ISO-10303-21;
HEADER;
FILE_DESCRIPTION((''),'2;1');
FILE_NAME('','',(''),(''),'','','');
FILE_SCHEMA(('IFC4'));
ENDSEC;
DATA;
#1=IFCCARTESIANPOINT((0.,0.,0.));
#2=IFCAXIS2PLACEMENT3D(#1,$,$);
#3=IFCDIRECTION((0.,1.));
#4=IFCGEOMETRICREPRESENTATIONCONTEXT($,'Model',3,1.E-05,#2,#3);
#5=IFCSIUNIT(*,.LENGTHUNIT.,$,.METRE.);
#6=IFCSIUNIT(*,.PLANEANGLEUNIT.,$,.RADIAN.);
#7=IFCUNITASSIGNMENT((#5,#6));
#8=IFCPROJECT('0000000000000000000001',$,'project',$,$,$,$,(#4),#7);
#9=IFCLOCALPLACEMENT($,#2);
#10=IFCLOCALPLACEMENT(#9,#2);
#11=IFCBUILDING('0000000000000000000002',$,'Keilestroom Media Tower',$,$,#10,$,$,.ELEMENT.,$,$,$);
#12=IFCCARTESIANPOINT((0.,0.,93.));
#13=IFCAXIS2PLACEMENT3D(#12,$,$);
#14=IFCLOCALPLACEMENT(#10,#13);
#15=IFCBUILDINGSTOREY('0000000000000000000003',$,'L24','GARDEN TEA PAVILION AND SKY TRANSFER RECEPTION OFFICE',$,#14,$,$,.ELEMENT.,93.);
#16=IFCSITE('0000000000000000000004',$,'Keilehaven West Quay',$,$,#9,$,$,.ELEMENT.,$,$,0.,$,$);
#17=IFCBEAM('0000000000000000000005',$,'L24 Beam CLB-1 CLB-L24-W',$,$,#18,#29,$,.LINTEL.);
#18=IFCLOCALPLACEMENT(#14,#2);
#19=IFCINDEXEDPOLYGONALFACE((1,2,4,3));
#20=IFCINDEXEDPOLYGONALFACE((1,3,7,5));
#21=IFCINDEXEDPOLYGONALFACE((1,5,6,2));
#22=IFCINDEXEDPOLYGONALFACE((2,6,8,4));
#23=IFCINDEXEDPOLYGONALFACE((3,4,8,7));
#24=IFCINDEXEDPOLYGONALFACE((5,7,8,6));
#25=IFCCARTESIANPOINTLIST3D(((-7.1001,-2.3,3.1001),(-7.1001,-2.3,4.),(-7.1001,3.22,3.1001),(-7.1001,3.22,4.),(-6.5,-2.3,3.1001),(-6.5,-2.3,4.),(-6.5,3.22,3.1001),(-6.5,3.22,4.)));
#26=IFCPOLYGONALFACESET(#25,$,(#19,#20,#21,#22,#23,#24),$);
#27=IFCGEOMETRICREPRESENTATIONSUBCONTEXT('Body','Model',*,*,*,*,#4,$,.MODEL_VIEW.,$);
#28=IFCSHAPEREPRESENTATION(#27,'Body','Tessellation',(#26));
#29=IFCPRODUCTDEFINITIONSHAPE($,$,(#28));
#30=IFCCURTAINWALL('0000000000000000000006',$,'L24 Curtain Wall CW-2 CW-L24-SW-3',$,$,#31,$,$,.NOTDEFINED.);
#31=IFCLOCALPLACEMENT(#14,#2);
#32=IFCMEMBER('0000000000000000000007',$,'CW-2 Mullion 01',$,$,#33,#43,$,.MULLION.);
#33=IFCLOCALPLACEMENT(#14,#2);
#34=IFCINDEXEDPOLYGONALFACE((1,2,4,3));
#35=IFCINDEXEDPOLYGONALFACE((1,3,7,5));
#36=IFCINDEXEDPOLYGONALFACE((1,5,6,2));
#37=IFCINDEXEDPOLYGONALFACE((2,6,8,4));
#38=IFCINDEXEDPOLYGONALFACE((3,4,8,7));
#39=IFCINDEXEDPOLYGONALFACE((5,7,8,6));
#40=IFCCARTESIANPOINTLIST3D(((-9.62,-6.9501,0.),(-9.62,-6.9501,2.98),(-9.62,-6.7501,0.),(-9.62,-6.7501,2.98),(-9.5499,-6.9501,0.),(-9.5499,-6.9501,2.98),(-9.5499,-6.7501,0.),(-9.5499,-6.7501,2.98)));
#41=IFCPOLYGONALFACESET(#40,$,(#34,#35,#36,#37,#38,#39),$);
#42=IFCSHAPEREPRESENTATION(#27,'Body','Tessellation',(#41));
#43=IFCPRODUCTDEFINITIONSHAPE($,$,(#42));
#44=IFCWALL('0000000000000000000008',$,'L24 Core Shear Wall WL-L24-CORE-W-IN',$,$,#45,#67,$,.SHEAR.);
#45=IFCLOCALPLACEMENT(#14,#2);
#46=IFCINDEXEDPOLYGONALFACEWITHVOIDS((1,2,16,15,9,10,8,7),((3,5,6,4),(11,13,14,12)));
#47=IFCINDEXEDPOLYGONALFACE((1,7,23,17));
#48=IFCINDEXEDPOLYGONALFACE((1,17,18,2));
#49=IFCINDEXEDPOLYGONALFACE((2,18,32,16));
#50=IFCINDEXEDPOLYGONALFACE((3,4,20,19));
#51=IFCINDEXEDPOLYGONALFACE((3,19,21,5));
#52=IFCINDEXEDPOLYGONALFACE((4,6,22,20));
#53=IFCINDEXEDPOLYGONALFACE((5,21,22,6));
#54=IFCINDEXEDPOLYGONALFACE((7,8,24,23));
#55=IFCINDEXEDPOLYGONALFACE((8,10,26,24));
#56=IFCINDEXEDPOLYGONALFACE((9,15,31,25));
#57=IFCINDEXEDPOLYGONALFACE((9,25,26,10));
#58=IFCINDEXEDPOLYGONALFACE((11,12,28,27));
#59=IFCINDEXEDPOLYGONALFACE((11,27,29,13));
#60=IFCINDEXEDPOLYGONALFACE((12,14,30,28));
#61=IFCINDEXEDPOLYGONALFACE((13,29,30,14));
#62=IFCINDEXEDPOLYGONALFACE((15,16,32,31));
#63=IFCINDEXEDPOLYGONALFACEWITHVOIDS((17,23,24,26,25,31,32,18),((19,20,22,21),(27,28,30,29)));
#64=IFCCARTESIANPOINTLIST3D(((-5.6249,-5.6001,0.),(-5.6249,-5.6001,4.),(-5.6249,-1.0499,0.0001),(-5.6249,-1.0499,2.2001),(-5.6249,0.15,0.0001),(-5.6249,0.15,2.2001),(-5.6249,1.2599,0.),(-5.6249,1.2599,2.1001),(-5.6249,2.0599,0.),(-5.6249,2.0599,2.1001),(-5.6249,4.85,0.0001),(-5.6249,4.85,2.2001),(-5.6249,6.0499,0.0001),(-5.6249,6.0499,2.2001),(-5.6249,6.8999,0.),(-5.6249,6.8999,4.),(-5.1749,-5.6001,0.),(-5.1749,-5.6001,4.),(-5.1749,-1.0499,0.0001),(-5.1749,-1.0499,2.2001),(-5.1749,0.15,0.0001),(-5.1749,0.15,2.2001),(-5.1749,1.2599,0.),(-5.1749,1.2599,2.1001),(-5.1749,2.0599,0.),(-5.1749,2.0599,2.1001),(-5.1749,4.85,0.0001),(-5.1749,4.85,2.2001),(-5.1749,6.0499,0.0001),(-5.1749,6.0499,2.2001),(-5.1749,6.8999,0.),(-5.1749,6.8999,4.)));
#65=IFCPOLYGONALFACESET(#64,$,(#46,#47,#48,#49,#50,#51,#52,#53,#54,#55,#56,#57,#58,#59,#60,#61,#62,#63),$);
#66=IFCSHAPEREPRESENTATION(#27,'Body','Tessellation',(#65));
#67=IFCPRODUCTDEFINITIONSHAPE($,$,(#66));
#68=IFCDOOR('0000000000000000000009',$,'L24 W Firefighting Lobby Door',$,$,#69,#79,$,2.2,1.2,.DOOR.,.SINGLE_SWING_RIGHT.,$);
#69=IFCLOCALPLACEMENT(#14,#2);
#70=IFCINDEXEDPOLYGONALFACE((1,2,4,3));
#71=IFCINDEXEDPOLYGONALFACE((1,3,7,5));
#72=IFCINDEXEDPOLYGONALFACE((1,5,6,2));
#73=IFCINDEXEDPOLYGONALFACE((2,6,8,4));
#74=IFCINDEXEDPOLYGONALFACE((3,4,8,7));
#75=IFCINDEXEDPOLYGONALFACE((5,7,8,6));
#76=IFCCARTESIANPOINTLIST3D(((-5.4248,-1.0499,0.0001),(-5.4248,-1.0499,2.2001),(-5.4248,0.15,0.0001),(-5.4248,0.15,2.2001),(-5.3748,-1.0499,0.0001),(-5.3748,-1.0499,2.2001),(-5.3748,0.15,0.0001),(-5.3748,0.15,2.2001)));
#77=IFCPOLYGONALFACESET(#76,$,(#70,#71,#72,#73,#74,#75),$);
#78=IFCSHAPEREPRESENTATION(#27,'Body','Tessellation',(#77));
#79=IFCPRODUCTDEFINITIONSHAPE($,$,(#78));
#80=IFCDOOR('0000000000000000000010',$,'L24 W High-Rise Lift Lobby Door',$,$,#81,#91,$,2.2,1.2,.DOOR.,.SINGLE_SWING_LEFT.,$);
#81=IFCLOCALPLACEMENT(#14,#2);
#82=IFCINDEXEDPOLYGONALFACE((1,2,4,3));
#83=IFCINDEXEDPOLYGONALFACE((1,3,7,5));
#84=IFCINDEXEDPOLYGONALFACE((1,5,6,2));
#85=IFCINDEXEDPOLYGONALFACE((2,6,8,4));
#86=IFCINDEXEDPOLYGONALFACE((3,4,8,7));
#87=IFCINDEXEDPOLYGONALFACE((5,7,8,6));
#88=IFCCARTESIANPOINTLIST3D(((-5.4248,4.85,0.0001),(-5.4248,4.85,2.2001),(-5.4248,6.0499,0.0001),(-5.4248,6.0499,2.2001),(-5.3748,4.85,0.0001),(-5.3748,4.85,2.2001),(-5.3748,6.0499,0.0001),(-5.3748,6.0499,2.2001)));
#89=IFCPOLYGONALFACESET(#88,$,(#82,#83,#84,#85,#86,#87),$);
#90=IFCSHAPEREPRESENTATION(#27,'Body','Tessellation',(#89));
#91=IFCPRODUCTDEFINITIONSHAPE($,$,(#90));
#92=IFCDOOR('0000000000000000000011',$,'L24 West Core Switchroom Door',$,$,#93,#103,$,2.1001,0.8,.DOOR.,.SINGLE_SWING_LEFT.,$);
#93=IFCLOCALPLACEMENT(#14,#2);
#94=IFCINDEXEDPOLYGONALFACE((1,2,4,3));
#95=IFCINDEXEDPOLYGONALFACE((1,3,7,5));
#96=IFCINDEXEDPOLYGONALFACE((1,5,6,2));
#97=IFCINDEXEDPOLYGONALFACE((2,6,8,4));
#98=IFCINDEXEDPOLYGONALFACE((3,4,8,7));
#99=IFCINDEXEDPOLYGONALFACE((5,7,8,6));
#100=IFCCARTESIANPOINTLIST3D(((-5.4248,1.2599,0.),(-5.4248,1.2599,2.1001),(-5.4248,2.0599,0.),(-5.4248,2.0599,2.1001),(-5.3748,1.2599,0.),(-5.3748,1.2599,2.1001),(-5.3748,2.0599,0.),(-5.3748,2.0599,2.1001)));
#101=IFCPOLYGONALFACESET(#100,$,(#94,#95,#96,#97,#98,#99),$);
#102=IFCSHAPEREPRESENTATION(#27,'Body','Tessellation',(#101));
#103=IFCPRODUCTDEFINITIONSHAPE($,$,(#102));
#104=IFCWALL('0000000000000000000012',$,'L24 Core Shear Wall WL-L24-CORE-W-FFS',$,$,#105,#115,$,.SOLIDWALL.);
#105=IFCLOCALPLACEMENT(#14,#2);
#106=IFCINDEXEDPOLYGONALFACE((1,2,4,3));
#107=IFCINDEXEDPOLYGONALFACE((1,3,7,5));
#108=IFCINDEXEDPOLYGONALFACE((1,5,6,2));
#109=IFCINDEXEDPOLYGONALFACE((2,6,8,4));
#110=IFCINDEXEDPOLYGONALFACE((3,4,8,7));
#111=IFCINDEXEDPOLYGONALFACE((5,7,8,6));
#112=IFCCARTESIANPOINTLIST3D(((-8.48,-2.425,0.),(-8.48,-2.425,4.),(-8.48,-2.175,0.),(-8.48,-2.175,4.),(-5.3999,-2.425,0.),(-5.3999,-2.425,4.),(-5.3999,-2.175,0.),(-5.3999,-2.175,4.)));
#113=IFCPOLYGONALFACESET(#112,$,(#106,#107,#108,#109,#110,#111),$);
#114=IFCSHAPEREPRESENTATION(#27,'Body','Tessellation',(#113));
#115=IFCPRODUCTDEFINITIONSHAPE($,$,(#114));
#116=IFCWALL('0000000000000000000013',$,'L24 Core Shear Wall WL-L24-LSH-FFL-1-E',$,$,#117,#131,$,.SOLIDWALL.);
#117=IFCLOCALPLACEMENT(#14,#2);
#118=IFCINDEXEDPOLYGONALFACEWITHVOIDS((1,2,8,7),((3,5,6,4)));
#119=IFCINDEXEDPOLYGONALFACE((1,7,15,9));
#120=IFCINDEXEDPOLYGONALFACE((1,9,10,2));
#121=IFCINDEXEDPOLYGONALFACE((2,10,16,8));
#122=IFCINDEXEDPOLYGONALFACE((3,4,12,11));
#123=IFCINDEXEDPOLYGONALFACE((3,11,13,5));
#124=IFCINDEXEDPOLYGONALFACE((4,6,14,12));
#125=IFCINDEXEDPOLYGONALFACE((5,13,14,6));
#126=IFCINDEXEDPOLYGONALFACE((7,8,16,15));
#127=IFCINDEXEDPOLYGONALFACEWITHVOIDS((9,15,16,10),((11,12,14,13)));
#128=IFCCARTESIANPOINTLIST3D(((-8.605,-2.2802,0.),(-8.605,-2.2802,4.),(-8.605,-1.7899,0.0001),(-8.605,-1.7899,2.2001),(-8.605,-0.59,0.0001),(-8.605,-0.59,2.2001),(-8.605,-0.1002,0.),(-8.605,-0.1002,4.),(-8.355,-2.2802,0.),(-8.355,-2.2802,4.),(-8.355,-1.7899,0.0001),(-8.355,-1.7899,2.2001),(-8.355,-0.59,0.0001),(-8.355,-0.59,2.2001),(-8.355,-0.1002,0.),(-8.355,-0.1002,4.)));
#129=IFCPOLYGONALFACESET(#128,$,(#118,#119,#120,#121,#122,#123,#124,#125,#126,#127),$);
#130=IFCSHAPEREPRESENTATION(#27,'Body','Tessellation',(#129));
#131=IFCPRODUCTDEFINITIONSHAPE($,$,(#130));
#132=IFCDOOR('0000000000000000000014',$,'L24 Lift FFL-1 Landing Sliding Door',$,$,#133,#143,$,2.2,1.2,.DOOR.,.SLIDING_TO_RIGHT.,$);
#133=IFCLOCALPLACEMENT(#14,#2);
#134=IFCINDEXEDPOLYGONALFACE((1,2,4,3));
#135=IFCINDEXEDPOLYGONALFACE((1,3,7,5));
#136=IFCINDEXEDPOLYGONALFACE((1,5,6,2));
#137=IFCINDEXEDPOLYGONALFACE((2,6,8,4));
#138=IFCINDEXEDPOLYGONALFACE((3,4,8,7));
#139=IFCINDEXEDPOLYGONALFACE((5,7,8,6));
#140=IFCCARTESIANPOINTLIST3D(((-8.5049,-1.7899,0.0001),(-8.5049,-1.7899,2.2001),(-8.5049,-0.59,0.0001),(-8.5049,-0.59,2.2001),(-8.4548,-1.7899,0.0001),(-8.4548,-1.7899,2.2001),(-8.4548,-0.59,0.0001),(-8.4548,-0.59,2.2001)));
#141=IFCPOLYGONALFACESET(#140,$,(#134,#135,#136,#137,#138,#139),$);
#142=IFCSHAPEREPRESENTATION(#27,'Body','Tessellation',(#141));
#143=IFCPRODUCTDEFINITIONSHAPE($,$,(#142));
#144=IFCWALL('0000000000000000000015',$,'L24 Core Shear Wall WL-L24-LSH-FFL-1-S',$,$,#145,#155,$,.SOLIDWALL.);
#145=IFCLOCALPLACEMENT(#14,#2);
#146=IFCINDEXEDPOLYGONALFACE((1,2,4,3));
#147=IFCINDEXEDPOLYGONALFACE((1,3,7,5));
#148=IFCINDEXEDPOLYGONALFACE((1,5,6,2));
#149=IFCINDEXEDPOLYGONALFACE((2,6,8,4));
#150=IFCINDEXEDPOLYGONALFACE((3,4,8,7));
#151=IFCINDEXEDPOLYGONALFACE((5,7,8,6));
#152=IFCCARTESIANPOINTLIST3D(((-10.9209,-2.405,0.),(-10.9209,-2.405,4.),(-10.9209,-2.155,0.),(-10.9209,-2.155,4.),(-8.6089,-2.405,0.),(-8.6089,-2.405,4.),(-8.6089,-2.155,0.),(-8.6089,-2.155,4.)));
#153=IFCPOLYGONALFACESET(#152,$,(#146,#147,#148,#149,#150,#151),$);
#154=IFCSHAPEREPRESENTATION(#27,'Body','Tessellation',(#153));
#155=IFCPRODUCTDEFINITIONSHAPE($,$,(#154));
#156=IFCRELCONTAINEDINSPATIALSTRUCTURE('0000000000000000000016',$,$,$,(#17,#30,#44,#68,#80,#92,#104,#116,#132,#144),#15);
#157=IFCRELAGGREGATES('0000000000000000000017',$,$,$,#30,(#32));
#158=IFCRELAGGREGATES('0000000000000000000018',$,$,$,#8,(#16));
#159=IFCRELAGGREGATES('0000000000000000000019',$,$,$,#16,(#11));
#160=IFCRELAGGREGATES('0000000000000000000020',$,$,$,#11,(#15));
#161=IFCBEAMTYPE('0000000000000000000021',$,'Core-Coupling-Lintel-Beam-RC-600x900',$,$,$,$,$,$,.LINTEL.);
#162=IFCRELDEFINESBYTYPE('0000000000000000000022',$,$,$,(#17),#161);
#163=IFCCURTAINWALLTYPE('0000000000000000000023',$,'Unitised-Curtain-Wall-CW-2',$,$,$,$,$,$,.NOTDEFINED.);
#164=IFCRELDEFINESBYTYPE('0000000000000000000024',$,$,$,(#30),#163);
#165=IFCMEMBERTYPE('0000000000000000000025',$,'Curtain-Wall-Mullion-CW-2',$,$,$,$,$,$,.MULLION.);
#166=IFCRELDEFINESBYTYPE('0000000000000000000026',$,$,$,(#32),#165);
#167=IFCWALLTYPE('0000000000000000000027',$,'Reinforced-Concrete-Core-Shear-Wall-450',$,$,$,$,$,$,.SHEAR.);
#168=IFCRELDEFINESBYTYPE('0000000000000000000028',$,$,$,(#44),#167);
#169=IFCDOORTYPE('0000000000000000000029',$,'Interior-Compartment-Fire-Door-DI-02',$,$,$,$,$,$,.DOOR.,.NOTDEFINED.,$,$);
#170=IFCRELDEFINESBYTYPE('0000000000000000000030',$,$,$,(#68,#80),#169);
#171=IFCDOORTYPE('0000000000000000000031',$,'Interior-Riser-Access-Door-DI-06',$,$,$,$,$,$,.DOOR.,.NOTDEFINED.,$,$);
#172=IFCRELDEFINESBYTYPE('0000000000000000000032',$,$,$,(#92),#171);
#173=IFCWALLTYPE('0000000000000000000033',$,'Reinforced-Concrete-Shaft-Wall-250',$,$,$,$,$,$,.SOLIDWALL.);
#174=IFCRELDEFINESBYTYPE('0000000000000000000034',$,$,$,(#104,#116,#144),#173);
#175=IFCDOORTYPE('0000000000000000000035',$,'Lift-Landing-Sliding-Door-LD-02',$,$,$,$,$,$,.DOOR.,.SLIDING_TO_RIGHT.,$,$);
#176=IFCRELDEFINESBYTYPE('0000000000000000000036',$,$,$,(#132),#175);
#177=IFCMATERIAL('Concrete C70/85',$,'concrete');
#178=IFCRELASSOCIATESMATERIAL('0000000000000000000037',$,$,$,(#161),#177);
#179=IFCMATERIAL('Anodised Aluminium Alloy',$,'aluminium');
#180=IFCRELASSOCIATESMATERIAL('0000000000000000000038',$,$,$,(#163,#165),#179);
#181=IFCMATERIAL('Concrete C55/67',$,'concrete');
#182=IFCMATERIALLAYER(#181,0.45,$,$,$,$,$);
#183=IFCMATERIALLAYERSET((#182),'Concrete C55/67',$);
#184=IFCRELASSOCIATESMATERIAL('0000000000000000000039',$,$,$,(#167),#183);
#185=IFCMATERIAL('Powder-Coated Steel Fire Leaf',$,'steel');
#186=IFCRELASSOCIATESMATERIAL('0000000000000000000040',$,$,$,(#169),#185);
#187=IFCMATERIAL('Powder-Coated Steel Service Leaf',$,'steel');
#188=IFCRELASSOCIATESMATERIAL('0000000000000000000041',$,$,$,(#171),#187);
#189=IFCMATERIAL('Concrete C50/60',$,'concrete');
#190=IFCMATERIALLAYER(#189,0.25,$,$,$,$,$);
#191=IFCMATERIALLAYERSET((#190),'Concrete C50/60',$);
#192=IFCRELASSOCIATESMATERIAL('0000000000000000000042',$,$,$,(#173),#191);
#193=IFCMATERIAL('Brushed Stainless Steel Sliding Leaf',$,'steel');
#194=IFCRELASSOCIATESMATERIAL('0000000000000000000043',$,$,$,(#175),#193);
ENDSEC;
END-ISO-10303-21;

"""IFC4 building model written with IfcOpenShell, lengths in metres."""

from ifc_helpers import new_model, si_unit, direction, frame, frame_2d, origin, origin_2d, place, context, subcontext, project, spatial, rectangle, extrude, source, transform, mapped, material, layer, layer_set, material_profile, profile_set, type_object, element, fill, aggregate, save


model = new_model("IFC4")

# Units and contexts
model_context = context("Model", 3, precision=1e-05, world=origin(), true_north=direction((0.0, 1.0)))
body_context = subcontext(model_context, "Body", "Model", "MODEL_VIEW")
ifc_project = project(units=[si_unit("LENGTHUNIT", "METRE"), si_unit("PLANEANGLEUNIT", "RADIAN")], contexts=[model_context])

# Site, building, storey
site_placement = place(None, origin())
site = spatial("IfcSite", under=ifc_project, at=site_placement, Name="Keilehaven West Quay", CompositionType="ELEMENT", RefElevation=0.0)
building_placement = place(site_placement, origin())
building = spatial("IfcBuilding", under=site, at=building_placement, Name="Keilestroom Media Tower", CompositionType="ELEMENT")
storey_placement = place(building_placement, frame((0.0, 0.0, 93.0)))
storey = spatial("IfcBuildingStorey", under=building, at=storey_placement, Name="L24", Description="GARDEN TEA PAVILION AND SKY TRANSFER RECEPTION OFFICE", CompositionType="ELEMENT", Elevation=93.0)

# Beam
ifc_material_1 = material(Name="Concrete C70/85", Category="concrete")
ifc_material_profile_1 = material_profile(ifc_material_1, rectangle(XDim=0.6001, YDim=0.8999, at=origin_2d()), Name="RC 600x900")
ifc_profile_set_1 = profile_set([ifc_material_profile_1], Name="Concrete C70/85")
beam_type = type_object("IfcBeamType", Name="Core-Coupling-Lintel-Beam-RC-600x900", PredefinedType="LINTEL", material=ifc_profile_set_1)
shared_shape_1 = source(origin(), body_context, "Body", "SweptSolid", [
    extrude(rectangle(XDim=0.6001, YDim=0.8999, at=origin_2d()), origin(), (0.0, 0.0, 1.0), 5.52),
])
beam_placement = place(storey_placement, frame((-6.8, -2.3, 3.55), z_axis=(0.0, 1.0, 0.0), x_axis=(-1.0, 0.0, 0.0)))
element("IfcBeam", 1, at=beam_placement, inside=storey, type_object=beam_type, Name="L24 Beam CLB-1 CLB-L24-W", PredefinedType="LINTEL", context=body_context, shape_type="MappedRepresentation", body=[
    mapped(shared_shape_1, transform((0.0, 0.0, 0.0), x_axis=(1.0, 0.0, 0.0), y_axis=(0.0, 1.0, 0.0), z_axis=(0.0, 0.0, 1.0), scale=1.0)),
])

# Curtain wall, member
ifc_material_2 = material(Name="Anodised Aluminium Alloy", Category="aluminium")
curtain_wall_type = type_object("IfcCurtainWallType", Name="Unitised-Curtain-Wall-CW-2", PredefinedType="NOTDEFINED", material=ifc_material_2)
curtain_wall_placement = place(storey_placement, origin())
curtain_wall = element("IfcCurtainWall", 2, at=curtain_wall_placement, inside=storey, type_object=curtain_wall_type, Name="L24 Curtain Wall CW-2 CW-L24-SW-3", PredefinedType="NOTDEFINED")
ifc_material_profile_2 = material_profile(ifc_material_2, rectangle(XDim=0.0701, YDim=0.2, at=origin_2d()), Name="ALU MULLION 70x200")
ifc_profile_set_2 = profile_set([ifc_material_profile_2], Name="Anodised Aluminium Alloy")
member_type = type_object("IfcMemberType", Name="Curtain-Wall-Mullion-CW-2", PredefinedType="MULLION", material=ifc_profile_set_2)
shared_shape_2 = source(origin(), body_context, "Body", "SweptSolid", [
    extrude(rectangle(XDim=0.0701, YDim=0.2, at=origin_2d()), origin(), (0.0, 0.0, 1.0), 2.98),
])
member_placement = place(storey_placement, frame((-9.585, -6.8501, 0.0), z_axis=(0.0, 0.0, 1.0), x_axis=(1.0, 0.0, 0.0)))
member = element("IfcMember", 3, at=member_placement, type_object=member_type, Name="CW-2 Mullion 01", PredefinedType="MULLION", context=body_context, shape_type="MappedRepresentation", body=[
    mapped(shared_shape_2, transform((0.0, 0.0, 0.0), x_axis=(1.0, 0.0, 0.0), y_axis=(0.0, 1.0, 0.0), z_axis=(0.0, 0.0, 1.0), scale=1.0)),
])
aggregate(curtain_wall, [member])

# Wall, openings, doors
ifc_material_3 = material(Name="Concrete C55/67", Category="concrete")
ifc_layer_1 = layer(ifc_material_3, 0.45)
ifc_layer_set_1 = layer_set([ifc_layer_1], Name="Concrete C55/67")
wall_type_1 = type_object("IfcWallType", Name="Reinforced-Concrete-Core-Shear-Wall-450", PredefinedType="SHEAR", material=ifc_layer_set_1)
wall_1_placement = place(storey_placement, frame((-5.3999, -5.6001, 0.0), z_axis=(0.0, 0.0, 1.0), x_axis=(0.0, 1.0, 0.0)))
wall_1 = element("IfcWall", 4, at=wall_1_placement, inside=storey, type_object=wall_type_1, Name="L24 Core Shear Wall WL-L24-CORE-W-IN", PredefinedType="SHEAR", context=body_context, shape_type="SweptSolid", body=[
    extrude(rectangle(XDim=12.5, YDim=0.45, at=frame_2d((6.25, 0.0))), origin(), (0.0, 0.0, 1.0), 4.0),
])
opening_1_placement = place(wall_1_placement, frame((4.55, 0.0, 0.0)))
opening_1 = element("IfcOpeningElement", 5, at=opening_1_placement, cuts=wall_1, PredefinedType="OPENING", context=body_context, shape_type="SweptSolid", body=[
    extrude(rectangle(XDim=1.2, YDim=2.2, at=frame_2d((0.6001, 1.1001))), frame((0.0, 0.2349, 0.0), z_axis=(0.0, -1.0, 0.0), x_axis=(1.0, 0.0, 0.0)), (0.0, 0.0, 1.0), 0.47),
])
opening_2_placement = place(wall_1_placement, frame((10.45, 0.0, 0.0)))
opening_2 = element("IfcOpeningElement", 6, at=opening_2_placement, cuts=wall_1, PredefinedType="OPENING", context=body_context, shape_type="SweptSolid", body=[
    extrude(rectangle(XDim=1.2, YDim=2.2, at=frame_2d((0.6001, 1.1001))), frame((0.0, 0.2349, 0.0), z_axis=(0.0, -1.0, 0.0), x_axis=(1.0, 0.0, 0.0)), (0.0, 0.0, 1.0), 0.47),
])
opening_3_placement = place(wall_1_placement, frame((6.8601, 0.0, 0.0)))
opening_3 = element("IfcOpeningElement", 7, at=opening_3_placement, cuts=wall_1, PredefinedType="OPENING", context=body_context, shape_type="SweptSolid", body=[
    extrude(rectangle(XDim=0.8, YDim=2.1001, at=frame_2d((0.3999, 1.05))), frame((0.0, 0.2349, 0.0), z_axis=(0.0, -1.0, 0.0), x_axis=(1.0, 0.0, 0.0)), (0.0, 0.0, 1.0), 0.47),
])
ifc_material_4 = material(Name="Powder-Coated Steel Fire Leaf", Category="steel")
door_type_1 = type_object("IfcDoorType", Name="Interior-Compartment-Fire-Door-DI-02", OperationType="NOTDEFINED", PredefinedType="DOOR", material=ifc_material_4)
shared_shape_3 = source(origin(), body_context, "Body", "SweptSolid", [
    extrude(rectangle(XDim=1.2, YDim=2.2, at=frame_2d((0.6001, 1.1001))), frame((0.0, 0.0249, 0.0), z_axis=(0.0, -1.0, 0.0), x_axis=(1.0, 0.0, 0.0)), (0.0, 0.0, 1.0), 0.05),
])
door_1_placement = place(opening_1_placement, origin())
door_1 = element("IfcDoor", 8, at=door_1_placement, inside=storey, type_object=door_type_1, Name="L24 W Firefighting Lobby Door", OperationType="SINGLE_SWING_RIGHT", OverallHeight=2.2, OverallWidth=1.2, PredefinedType="DOOR", context=body_context, shape_type="MappedRepresentation", body=[
    mapped(shared_shape_3, transform((0.0, 0.0, 0.0), x_axis=(1.0, 0.0, 0.0), y_axis=(0.0, 1.0, 0.0), z_axis=(0.0, 0.0, 1.0), scale=1.0)),
])
fill(opening_1, door_1)
door_2_placement = place(opening_2_placement, origin())
door_2 = element("IfcDoor", 9, at=door_2_placement, inside=storey, type_object=door_type_1, Name="L24 W High-Rise Lift Lobby Door", OperationType="SINGLE_SWING_LEFT", OverallHeight=2.2, OverallWidth=1.2, PredefinedType="DOOR", context=body_context, shape_type="MappedRepresentation", body=[
    mapped(shared_shape_3, transform((0.0, 0.0, 0.0), x_axis=(1.0, 0.0, 0.0), y_axis=(0.0, 1.0, 0.0), z_axis=(0.0, 0.0, 1.0), scale=1.0)),
])
fill(opening_2, door_2)
ifc_material_5 = material(Name="Powder-Coated Steel Service Leaf", Category="steel")
door_type_2 = type_object("IfcDoorType", Name="Interior-Riser-Access-Door-DI-06", OperationType="NOTDEFINED", PredefinedType="DOOR", material=ifc_material_5)
shared_shape_4 = source(origin(), body_context, "Body", "SweptSolid", [
    extrude(rectangle(XDim=0.8, YDim=2.1001, at=frame_2d((0.3999, 1.05))), frame((0.0, 0.0249, 0.0), z_axis=(0.0, -1.0, 0.0), x_axis=(1.0, 0.0, 0.0)), (0.0, 0.0, 1.0), 0.05),
])
door_3_placement = place(opening_3_placement, origin())
door_3 = element("IfcDoor", 10, at=door_3_placement, inside=storey, type_object=door_type_2, Name="L24 West Core Switchroom Door", OperationType="SINGLE_SWING_LEFT", OverallHeight=2.1001, OverallWidth=0.8, PredefinedType="DOOR", context=body_context, shape_type="MappedRepresentation", body=[
    mapped(shared_shape_4, transform((0.0, 0.0, 0.0), x_axis=(1.0, 0.0, 0.0), y_axis=(0.0, 1.0, 0.0), z_axis=(0.0, 0.0, 1.0), scale=1.0)),
])
fill(opening_3, door_3)

# Wall
ifc_material_6 = material(Name="Concrete C50/60", Category="concrete")
ifc_layer_2 = layer(ifc_material_6, 0.25)
ifc_layer_set_2 = layer_set([ifc_layer_2], Name="Concrete C50/60")
wall_type_2 = type_object("IfcWallType", Name="Reinforced-Concrete-Shaft-Wall-250", PredefinedType="SOLIDWALL", material=ifc_layer_set_2)
wall_2_placement = place(storey_placement, frame((-8.48, -2.3, 0.0), z_axis=(0.0, 0.0, 1.0), x_axis=(1.0, 0.0, 0.0)))
element("IfcWall", 11, at=wall_2_placement, inside=storey, type_object=wall_type_2, Name="L24 Core Shear Wall WL-L24-CORE-W-FFS", PredefinedType="SOLIDWALL", context=body_context, shape_type="SweptSolid", body=[
    extrude(rectangle(XDim=3.0801, YDim=0.25, at=frame_2d((1.54, 0.0))), origin(), (0.0, 0.0, 1.0), 4.0),
])

# Wall, opening, door
wall_3_placement = place(storey_placement, frame((-8.48, -2.28, 0.0), z_axis=(0.0, 0.0, 1.0), x_axis=(0.0, 1.0, 0.0)))
wall_3 = element("IfcWall", 12, at=wall_3_placement, inside=storey, type_object=wall_type_2, Name="L24 Core Shear Wall WL-L24-LSH-FFL-1-E", PredefinedType="SOLIDWALL", context=body_context, shape_type="SweptSolid", body=[
    extrude(rectangle(XDim=2.1799, YDim=0.25, at=frame_2d((1.0898, 0.0))), origin(), (0.0, 0.0, 1.0), 4.0),
])
opening_4_placement = place(wall_3_placement, frame((0.49, 0.0, 0.0)))
opening_4 = element("IfcOpeningElement", 13, at=opening_4_placement, cuts=wall_3, PredefinedType="OPENING", context=body_context, shape_type="SweptSolid", body=[
    extrude(rectangle(XDim=1.2, YDim=2.2, at=frame_2d((0.6001, 1.1001))), frame((0.0, 0.135, 0.0), z_axis=(0.0, -1.0, 0.0), x_axis=(1.0, 0.0, 0.0)), (0.0, 0.0, 1.0), 0.27),
])
ifc_material_7 = material(Name="Brushed Stainless Steel Sliding Leaf", Category="steel")
door_type_3 = type_object("IfcDoorType", Name="Lift-Landing-Sliding-Door-LD-02", OperationType="SLIDING_TO_RIGHT", PredefinedType="DOOR", material=ifc_material_7)
door_4_placement = place(opening_4_placement, origin())
door_4 = element("IfcDoor", 14, at=door_4_placement, inside=storey, type_object=door_type_3, Name="L24 Lift FFL-1 Landing Sliding Door", OperationType="SLIDING_TO_RIGHT", OverallHeight=2.2, OverallWidth=1.2, PredefinedType="DOOR", context=body_context, shape_type="MappedRepresentation", body=[
    mapped(shared_shape_3, transform((0.0, 0.0, 0.0), x_axis=(1.0, 0.0, 0.0), y_axis=(0.0, 1.0, 0.0), z_axis=(0.0, 0.0, 1.0), scale=1.0)),
])
fill(opening_4, door_4)

# Wall
wall_4_placement = place(storey_placement, frame((-10.9209, -2.28, 0.0), z_axis=(0.0, 0.0, 1.0), x_axis=(1.0, 0.0, 0.0)))
element("IfcWall", 15, at=wall_4_placement, inside=storey, type_object=wall_type_2, Name="L24 Core Shear Wall WL-L24-LSH-FFL-1-S", PredefinedType="SOLIDWALL", context=body_context, shape_type="SweptSolid", body=[
    extrude(rectangle(XDim=2.312, YDim=0.25, at=frame_2d((1.156, 0.0))), origin(), (0.0, 0.0, 1.0), 4.0),
])

save(model, "model.ifc")
